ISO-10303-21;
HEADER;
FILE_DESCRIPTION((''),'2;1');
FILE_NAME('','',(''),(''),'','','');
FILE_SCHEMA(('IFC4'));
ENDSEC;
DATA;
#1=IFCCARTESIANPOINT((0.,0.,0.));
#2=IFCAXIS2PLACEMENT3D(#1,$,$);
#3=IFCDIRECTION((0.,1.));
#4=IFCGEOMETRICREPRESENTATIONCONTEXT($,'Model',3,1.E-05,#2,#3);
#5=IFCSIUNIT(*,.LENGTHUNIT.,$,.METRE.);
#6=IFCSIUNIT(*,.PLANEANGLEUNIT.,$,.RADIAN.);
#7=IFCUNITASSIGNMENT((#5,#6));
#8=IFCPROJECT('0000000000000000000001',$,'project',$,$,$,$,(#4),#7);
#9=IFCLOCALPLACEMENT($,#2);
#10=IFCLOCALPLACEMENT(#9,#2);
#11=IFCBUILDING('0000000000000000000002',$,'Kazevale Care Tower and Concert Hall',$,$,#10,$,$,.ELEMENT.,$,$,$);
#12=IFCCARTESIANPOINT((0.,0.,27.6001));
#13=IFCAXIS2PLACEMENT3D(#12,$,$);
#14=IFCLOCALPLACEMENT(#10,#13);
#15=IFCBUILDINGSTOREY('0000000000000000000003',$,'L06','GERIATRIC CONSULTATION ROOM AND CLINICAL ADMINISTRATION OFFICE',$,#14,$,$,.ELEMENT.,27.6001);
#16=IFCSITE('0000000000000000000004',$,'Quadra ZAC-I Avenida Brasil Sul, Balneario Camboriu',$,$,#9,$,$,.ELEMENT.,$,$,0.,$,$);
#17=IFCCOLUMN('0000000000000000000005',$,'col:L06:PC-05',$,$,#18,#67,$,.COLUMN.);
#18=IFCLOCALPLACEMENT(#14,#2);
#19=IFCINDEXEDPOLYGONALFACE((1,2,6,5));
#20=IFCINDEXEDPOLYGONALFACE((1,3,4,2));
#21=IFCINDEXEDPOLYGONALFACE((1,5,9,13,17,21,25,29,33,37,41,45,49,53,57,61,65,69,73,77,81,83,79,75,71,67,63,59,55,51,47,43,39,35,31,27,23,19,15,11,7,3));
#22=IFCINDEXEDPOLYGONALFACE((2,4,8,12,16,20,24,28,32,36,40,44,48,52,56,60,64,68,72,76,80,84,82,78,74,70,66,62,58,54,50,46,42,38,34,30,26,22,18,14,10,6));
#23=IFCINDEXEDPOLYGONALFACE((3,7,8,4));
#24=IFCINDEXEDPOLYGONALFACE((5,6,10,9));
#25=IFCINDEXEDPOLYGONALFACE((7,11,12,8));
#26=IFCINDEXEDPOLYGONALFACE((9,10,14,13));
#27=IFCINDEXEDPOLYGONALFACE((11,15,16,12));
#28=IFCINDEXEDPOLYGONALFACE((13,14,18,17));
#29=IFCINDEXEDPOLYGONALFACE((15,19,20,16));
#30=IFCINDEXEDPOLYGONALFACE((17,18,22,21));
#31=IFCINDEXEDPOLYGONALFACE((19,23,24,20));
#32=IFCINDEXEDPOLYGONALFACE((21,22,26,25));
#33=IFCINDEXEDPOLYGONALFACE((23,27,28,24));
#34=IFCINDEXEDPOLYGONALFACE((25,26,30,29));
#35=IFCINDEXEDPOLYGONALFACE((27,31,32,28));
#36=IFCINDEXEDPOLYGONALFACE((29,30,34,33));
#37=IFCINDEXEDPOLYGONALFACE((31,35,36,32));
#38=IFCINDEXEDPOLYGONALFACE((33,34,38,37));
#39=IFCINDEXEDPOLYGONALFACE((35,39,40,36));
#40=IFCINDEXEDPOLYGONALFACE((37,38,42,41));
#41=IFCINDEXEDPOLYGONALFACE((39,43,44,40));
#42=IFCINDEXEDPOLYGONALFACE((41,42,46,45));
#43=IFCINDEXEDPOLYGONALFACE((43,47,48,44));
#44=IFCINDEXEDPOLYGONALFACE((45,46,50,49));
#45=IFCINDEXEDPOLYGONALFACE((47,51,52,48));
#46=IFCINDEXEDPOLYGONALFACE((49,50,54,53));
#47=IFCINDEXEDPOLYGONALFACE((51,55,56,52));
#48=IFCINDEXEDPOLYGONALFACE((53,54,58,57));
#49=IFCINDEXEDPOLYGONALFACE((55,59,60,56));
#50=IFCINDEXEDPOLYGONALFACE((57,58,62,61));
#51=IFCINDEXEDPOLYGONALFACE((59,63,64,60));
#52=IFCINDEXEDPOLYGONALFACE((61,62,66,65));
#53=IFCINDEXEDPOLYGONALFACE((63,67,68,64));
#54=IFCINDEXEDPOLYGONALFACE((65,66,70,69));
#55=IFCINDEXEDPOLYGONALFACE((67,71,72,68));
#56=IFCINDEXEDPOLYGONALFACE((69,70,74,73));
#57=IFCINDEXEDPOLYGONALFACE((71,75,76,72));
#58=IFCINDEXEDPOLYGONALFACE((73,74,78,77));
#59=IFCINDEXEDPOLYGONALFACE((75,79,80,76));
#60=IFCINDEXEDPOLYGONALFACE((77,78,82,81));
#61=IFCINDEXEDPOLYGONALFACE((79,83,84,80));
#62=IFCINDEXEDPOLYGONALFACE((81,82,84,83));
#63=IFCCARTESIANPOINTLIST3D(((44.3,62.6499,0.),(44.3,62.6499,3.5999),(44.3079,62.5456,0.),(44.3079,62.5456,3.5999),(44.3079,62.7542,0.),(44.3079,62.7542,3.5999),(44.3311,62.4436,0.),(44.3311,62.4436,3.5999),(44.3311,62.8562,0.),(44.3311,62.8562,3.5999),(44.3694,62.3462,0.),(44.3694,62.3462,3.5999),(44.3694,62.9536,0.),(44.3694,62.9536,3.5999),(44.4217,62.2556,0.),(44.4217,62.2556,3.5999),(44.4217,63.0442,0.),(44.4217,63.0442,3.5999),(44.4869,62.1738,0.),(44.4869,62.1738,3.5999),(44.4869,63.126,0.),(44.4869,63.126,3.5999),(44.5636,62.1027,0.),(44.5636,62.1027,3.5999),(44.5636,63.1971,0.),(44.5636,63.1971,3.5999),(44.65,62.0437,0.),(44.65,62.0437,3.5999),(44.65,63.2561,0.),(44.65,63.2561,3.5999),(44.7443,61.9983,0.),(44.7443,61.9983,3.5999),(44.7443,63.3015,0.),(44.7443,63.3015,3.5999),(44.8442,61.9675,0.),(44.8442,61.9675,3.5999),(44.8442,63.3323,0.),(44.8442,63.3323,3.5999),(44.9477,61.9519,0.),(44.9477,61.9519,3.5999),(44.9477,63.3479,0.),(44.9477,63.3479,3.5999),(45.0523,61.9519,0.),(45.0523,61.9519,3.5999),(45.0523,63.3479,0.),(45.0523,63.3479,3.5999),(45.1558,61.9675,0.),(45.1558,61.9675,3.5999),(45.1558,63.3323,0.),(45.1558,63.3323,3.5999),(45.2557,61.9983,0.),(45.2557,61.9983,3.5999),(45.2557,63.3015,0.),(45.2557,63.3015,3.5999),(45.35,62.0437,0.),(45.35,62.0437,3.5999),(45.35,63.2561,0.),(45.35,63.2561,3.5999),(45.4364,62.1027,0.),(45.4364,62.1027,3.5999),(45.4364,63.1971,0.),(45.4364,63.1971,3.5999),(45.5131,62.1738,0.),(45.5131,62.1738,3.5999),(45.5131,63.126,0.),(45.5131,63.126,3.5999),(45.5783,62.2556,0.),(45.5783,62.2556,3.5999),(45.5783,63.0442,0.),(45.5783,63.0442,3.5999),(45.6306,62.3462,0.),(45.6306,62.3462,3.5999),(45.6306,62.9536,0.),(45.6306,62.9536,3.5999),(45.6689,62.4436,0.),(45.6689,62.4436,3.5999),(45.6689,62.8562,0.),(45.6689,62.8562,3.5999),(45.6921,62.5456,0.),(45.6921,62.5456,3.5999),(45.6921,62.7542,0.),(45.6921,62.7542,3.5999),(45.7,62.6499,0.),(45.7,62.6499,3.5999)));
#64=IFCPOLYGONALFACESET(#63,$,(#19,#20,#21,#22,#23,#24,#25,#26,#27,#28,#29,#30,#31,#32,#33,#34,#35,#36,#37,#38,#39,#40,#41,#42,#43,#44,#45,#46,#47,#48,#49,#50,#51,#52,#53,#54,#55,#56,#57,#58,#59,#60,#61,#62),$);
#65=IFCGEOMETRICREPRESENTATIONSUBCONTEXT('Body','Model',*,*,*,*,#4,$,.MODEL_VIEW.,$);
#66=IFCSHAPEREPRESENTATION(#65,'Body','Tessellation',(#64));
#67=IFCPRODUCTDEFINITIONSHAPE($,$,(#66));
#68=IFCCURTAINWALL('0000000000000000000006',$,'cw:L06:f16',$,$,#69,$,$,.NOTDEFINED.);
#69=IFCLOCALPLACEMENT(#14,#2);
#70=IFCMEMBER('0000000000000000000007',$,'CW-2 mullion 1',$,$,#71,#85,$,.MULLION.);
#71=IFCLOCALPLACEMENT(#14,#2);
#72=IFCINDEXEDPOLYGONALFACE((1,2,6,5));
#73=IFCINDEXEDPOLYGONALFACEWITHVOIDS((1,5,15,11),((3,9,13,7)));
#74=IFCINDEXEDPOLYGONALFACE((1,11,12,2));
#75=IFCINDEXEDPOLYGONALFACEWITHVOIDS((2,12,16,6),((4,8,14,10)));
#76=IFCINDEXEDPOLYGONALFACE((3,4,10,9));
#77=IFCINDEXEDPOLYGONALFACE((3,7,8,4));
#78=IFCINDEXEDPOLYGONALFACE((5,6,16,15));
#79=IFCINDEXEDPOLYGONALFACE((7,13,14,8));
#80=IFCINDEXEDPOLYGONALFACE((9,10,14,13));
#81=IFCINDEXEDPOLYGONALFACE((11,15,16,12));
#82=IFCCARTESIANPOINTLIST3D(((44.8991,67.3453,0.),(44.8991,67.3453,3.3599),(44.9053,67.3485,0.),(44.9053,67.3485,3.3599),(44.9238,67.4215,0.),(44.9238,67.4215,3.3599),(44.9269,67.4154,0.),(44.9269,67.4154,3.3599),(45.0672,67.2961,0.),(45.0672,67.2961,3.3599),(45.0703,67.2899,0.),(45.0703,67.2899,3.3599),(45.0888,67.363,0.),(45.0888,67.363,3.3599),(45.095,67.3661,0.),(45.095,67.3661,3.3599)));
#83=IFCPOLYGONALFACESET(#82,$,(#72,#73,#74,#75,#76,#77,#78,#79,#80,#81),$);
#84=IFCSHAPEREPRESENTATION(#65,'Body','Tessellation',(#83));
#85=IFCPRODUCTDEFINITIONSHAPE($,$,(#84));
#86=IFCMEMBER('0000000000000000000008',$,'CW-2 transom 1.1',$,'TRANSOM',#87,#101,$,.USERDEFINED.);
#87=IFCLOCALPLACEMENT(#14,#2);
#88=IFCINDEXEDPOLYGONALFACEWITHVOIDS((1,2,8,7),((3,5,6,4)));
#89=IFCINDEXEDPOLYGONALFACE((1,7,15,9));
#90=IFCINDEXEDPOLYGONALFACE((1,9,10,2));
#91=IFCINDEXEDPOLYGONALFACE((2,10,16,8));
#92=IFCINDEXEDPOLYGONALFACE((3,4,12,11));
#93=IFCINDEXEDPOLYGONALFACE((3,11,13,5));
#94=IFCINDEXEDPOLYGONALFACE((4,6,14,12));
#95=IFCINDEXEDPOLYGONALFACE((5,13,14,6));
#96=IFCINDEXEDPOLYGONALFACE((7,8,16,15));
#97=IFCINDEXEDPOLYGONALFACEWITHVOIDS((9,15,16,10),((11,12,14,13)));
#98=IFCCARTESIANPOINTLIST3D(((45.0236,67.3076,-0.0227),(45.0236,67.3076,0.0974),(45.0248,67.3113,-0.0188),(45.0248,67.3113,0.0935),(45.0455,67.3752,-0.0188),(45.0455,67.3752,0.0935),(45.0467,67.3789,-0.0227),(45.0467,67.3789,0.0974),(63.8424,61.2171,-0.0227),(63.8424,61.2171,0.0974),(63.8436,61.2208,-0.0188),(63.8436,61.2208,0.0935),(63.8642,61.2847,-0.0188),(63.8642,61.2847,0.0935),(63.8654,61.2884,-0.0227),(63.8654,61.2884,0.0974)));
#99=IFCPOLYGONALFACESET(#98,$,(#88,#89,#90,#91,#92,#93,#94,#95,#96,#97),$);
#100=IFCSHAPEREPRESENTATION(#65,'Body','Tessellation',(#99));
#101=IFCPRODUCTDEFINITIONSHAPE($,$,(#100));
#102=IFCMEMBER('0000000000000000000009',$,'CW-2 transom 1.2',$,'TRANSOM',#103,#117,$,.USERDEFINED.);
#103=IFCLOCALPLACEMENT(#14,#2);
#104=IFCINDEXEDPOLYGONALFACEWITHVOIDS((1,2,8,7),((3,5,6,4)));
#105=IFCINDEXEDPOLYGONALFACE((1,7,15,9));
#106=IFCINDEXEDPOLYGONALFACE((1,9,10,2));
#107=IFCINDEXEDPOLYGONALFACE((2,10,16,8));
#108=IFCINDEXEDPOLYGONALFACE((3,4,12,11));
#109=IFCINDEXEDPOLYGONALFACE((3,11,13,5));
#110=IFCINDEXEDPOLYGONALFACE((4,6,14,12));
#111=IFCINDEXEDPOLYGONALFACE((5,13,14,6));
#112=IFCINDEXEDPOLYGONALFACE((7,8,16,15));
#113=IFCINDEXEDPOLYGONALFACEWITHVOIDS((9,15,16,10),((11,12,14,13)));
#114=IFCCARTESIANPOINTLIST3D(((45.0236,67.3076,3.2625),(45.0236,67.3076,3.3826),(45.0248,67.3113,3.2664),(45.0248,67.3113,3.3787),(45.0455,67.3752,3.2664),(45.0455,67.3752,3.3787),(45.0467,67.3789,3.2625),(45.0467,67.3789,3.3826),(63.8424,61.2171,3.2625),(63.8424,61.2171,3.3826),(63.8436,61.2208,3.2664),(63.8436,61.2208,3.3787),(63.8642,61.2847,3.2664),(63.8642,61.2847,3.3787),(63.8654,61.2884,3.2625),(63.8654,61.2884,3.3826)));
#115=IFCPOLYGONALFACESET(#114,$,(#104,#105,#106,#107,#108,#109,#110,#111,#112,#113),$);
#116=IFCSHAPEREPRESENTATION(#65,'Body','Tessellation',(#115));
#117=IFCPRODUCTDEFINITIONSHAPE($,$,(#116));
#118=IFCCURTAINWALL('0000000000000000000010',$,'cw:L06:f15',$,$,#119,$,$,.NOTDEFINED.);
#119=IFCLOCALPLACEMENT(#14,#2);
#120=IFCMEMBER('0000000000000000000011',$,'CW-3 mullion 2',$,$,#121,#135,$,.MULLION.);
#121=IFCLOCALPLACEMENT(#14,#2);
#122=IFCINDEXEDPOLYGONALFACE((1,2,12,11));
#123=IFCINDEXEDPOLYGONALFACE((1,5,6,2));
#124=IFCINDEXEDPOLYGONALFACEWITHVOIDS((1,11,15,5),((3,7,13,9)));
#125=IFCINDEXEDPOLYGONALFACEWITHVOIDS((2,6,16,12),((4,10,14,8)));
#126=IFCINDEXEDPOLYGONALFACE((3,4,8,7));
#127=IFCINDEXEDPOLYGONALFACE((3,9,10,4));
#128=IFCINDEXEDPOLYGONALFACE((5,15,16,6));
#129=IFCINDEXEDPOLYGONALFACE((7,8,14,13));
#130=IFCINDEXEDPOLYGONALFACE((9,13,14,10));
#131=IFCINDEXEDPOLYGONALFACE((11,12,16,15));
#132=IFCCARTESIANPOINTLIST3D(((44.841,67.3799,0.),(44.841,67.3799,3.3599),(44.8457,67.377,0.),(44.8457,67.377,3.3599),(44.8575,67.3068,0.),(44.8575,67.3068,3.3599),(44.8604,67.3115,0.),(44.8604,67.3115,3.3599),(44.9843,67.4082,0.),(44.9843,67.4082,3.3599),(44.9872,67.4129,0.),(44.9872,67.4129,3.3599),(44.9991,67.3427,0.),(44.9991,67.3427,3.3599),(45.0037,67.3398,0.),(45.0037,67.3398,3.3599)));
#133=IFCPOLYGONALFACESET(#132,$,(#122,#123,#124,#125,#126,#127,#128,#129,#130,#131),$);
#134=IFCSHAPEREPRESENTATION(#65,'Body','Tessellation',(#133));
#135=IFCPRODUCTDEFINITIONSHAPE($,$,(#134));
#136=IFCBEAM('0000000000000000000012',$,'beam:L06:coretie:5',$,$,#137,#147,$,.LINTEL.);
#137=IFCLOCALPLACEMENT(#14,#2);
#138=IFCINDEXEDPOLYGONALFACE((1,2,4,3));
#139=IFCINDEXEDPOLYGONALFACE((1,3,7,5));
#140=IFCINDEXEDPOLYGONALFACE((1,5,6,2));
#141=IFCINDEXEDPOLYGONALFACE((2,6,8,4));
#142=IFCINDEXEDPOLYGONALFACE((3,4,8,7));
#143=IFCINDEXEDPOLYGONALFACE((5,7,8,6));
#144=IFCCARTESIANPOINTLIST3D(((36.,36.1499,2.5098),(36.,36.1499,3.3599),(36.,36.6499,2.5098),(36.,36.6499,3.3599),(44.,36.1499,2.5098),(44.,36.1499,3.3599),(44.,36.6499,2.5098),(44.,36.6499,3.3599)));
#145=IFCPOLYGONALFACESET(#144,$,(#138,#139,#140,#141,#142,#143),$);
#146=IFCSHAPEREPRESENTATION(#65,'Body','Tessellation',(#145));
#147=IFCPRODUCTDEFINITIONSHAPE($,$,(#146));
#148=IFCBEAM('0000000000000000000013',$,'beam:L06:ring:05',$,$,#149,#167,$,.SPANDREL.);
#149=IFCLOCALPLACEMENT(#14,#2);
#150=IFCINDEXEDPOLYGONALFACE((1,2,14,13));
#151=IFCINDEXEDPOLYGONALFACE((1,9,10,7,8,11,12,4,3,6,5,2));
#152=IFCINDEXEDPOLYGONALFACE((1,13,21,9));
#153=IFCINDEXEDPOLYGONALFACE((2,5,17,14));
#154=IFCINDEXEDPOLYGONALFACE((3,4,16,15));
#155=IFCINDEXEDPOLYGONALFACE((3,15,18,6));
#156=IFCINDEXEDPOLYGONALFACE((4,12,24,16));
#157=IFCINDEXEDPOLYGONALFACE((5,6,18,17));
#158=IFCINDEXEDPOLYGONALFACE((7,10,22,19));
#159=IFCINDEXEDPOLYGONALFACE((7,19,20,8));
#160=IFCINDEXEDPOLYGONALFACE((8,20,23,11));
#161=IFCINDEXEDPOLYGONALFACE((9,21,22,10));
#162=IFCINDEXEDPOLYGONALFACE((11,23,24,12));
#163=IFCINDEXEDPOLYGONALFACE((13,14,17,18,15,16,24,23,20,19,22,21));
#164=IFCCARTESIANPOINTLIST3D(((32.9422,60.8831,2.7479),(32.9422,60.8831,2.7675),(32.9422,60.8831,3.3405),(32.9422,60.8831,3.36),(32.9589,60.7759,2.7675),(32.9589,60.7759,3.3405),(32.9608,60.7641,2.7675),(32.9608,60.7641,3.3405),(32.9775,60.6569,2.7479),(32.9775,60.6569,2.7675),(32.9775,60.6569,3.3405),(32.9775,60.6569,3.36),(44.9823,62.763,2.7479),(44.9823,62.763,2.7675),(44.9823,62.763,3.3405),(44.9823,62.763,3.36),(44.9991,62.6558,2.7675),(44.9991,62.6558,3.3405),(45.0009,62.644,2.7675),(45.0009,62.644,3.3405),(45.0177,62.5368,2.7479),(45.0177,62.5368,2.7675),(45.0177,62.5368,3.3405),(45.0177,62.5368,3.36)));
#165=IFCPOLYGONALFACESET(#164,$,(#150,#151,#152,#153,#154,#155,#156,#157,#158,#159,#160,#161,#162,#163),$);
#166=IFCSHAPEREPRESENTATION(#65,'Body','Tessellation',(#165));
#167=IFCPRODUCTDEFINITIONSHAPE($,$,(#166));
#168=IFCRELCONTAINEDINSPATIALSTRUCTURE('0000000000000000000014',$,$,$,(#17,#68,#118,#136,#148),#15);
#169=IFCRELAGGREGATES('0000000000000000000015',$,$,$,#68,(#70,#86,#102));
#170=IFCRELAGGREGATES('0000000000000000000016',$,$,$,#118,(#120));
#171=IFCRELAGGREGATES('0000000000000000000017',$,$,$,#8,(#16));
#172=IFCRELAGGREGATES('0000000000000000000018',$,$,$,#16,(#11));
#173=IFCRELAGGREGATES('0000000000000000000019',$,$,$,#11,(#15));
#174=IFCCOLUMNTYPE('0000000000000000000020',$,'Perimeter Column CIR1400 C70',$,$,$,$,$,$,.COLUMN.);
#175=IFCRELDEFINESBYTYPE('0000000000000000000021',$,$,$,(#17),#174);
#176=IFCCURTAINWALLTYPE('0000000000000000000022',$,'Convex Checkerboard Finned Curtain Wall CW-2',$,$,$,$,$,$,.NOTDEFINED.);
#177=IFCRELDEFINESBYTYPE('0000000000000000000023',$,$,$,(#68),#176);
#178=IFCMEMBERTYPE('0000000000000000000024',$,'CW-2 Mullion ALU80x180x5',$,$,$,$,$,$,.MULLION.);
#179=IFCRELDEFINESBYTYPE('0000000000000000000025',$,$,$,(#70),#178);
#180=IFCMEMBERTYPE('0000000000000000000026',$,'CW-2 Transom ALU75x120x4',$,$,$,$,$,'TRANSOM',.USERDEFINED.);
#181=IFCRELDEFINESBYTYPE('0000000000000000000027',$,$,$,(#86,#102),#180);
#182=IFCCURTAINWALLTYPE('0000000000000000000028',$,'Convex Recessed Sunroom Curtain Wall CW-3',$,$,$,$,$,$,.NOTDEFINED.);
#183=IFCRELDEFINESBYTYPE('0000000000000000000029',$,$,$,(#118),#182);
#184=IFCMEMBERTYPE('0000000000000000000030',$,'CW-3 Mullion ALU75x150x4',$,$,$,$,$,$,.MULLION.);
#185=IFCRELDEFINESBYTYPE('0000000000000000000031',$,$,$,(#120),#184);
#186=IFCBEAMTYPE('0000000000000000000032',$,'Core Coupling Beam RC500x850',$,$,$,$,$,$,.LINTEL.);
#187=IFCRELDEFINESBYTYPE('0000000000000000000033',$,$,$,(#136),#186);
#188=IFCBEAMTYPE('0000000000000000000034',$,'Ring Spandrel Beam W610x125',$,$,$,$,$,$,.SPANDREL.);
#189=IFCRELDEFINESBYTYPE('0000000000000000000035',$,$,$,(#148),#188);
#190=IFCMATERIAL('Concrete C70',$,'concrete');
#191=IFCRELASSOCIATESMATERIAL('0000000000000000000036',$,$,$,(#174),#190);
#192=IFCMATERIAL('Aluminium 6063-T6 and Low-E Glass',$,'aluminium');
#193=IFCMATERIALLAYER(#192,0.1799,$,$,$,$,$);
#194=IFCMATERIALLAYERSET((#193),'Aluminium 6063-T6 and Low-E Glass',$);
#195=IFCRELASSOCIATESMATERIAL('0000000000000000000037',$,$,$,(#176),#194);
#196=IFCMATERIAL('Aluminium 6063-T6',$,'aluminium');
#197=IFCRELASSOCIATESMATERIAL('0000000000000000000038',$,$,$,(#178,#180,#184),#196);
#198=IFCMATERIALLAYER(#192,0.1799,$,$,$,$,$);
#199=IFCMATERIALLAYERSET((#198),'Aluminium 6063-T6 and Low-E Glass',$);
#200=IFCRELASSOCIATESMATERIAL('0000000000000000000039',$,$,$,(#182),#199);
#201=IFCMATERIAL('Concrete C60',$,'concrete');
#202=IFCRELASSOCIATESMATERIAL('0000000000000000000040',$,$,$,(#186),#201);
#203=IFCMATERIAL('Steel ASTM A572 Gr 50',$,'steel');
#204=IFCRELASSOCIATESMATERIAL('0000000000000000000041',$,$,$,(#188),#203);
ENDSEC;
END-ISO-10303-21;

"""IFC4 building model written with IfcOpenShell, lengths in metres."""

from ifc_helpers import new_model, si_unit, direction, frame, origin, origin_2d, place, context, subcontext, project, spatial, rectangle, hollow_rectangle, circle, i_section, extrude, material, layer, layer_set, material_profile, profile_set, type_object, element, aggregate, save


model = new_model("IFC4")

# Units and contexts
model_context = context("Model", 3, precision=1e-05, world=origin(), true_north=direction((0.0, 1.0)))
body_context = subcontext(model_context, "Body", "Model", "MODEL_VIEW")
ifc_project = project(units=[si_unit("LENGTHUNIT", "METRE"), si_unit("PLANEANGLEUNIT", "RADIAN")], contexts=[model_context])

# Site, building, storey
site_placement = place(None, origin())
site = spatial("IfcSite", under=ifc_project, at=site_placement, Name="Quadra ZAC-I Avenida Brasil Sul, Balneario Camboriu", CompositionType="ELEMENT", RefElevation=0.0)
building_placement = place(site_placement, origin())
building = spatial("IfcBuilding", under=site, at=building_placement, Name="Kazevale Care Tower and Concert Hall", CompositionType="ELEMENT")
storey_placement = place(building_placement, frame((0.0, 0.0, 27.6001)))
storey = spatial("IfcBuildingStorey", under=building, at=storey_placement, Name="L06", Description="GERIATRIC CONSULTATION ROOM AND CLINICAL ADMINISTRATION OFFICE", CompositionType="ELEMENT", Elevation=27.6001)

# Column
ifc_material_1 = material(Name="Concrete C70", Category="concrete")
ifc_material_profile_1 = material_profile(ifc_material_1, circle(Radius=0.7, at=origin_2d()), Name="RC-CIR1400")
ifc_profile_set_1 = profile_set([ifc_material_profile_1], Name="Concrete C70")
column_type = type_object("IfcColumnType", Name="Perimeter Column CIR1400 C70", PredefinedType="COLUMN", material=ifc_profile_set_1)
column_placement = place(storey_placement, frame((45.0, 62.6499, 0.0), z_axis=(0.0, 0.0, 1.0), x_axis=(1.0, 0.0, 0.0)))
element("IfcColumn", 1, at=column_placement, inside=storey, type_object=column_type, Name="col:L06:PC-05", PredefinedType="COLUMN", context=body_context, shape_type="SweptSolid", body=[
    extrude(circle(Radius=0.7, at=origin_2d()), origin(), (0.0, 0.0, 1.0), 3.5999),
])

# Curtain wall, members
ifc_material_2 = material(Name="Aluminium 6063-T6 and Low-E Glass", Category="aluminium")
ifc_layer_1 = layer(ifc_material_2, 0.1799)
ifc_layer_set_1 = layer_set([ifc_layer_1], Name="Aluminium 6063-T6 and Low-E Glass")
curtain_wall_type_1 = type_object("IfcCurtainWallType", Name="Convex Checkerboard Finned Curtain Wall CW-2", PredefinedType="NOTDEFINED", material=ifc_layer_set_1)
curtain_wall_1_placement = place(storey_placement, origin())
curtain_wall_1 = element("IfcCurtainWall", 2, at=curtain_wall_1_placement, inside=storey, type_object=curtain_wall_type_1, Name="cw:L06:f16", PredefinedType="NOTDEFINED")
ifc_material_3 = material(Name="Aluminium 6063-T6", Category="aluminium")
ifc_material_profile_2 = material_profile(ifc_material_3, hollow_rectangle(XDim=0.0801, YDim=0.1799, WallThickness=0.0049, at=origin_2d()), Name="ALU80x180x5")
ifc_profile_set_2 = profile_set([ifc_material_profile_2], Name="Aluminium 6063-T6")
member_type_1 = type_object("IfcMemberType", Name="CW-2 Mullion ALU80x180x5", PredefinedType="MULLION", material=ifc_profile_set_2)
member_1_placement = place(storey_placement, frame((44.9971, 67.3557, 0.0), z_axis=(0.0, 0.0, 1.0), x_axis=(0.307926, 0.95141, 0.0)))
member_1 = element("IfcMember", 3, at=member_1_placement, type_object=member_type_1, Name="CW-2 mullion 1", PredefinedType="MULLION", context=body_context, shape_type="SweptSolid", body=[
    extrude(hollow_rectangle(XDim=0.0801, YDim=0.1799, WallThickness=0.0049, at=origin_2d()), origin(), (0.0, 0.0, 1.0), 3.3599),
])
ifc_material_profile_3 = material_profile(ifc_material_3, hollow_rectangle(XDim=0.075, YDim=0.1201, WallThickness=0.0039, at=origin_2d()), Name="ALU75x120x4")
ifc_profile_set_3 = profile_set([ifc_material_profile_3], Name="Aluminium 6063-T6")
member_type_2 = type_object("IfcMemberType", Name="CW-2 Transom ALU75x120x4", ElementType="TRANSOM", PredefinedType="USERDEFINED", material=ifc_profile_set_3)
member_2_placement = place(storey_placement, frame((45.0352, 67.3433, 0.0374), z_axis=(0.951413, -0.307918, 0.0), x_axis=(0.307918, 0.951413, 0.0)))
member_2 = element("IfcMember", 4, at=member_2_placement, type_object=member_type_2, Name="CW-2 transom 1.1", ObjectType="TRANSOM", PredefinedType="USERDEFINED", context=body_context, shape_type="SweptSolid", body=[
    extrude(hollow_rectangle(XDim=0.075, YDim=0.1201, WallThickness=0.0039, at=origin_2d()), origin(), (0.0, 0.0, 1.0), 19.7798),
])
member_3_placement = place(storey_placement, frame((45.0352, 67.3433, 3.3225), z_axis=(0.951413, -0.307918, 0.0), x_axis=(0.307918, 0.951413, 0.0)))
member_3 = element("IfcMember", 5, at=member_3_placement, type_object=member_type_2, Name="CW-2 transom 1.2", ObjectType="TRANSOM", PredefinedType="USERDEFINED", context=body_context, shape_type="SweptSolid", body=[
    extrude(hollow_rectangle(XDim=0.075, YDim=0.1201, WallThickness=0.0039, at=origin_2d()), origin(), (0.0, 0.0, 1.0), 19.7798),
])
aggregate(curtain_wall_1, [member_1, member_2, member_3])

# Curtain wall, member
ifc_layer_2 = layer(ifc_material_2, 0.1799)
ifc_layer_set_2 = layer_set([ifc_layer_2], Name="Aluminium 6063-T6 and Low-E Glass")
curtain_wall_type_2 = type_object("IfcCurtainWallType", Name="Convex Recessed Sunroom Curtain Wall CW-3", PredefinedType="NOTDEFINED", material=ifc_layer_set_2)
curtain_wall_2_placement = place(storey_placement, origin())
curtain_wall_2 = element("IfcCurtainWall", 6, at=curtain_wall_2_placement, inside=storey, type_object=curtain_wall_type_2, Name="cw:L06:f15", PredefinedType="NOTDEFINED")
ifc_material_profile_4 = material_profile(ifc_material_3, hollow_rectangle(XDim=0.075, YDim=0.1499, WallThickness=0.0039, at=origin_2d()), Name="ALU75x150x4")
ifc_profile_set_4 = profile_set([ifc_material_profile_4], Name="Aluminium 6063-T6")
member_type_3 = type_object("IfcMemberType", Name="CW-3 Mullion ALU75x150x4", PredefinedType="MULLION", material=ifc_profile_set_4)
member_4_placement = place(storey_placement, frame((44.9224, 67.3599, 0.0), z_axis=(0.0, 0.0, 1.0), x_axis=(-0.219911, 0.97552, 0.0)))
member_4 = element("IfcMember", 7, at=member_4_placement, type_object=member_type_3, Name="CW-3 mullion 2", PredefinedType="MULLION", context=body_context, shape_type="SweptSolid", body=[
    extrude(hollow_rectangle(XDim=0.075, YDim=0.1499, WallThickness=0.0039, at=origin_2d()), origin(), (0.0, 0.0, 1.0), 3.3599),
])

# Beams
ifc_material_4 = material(Name="Concrete C60", Category="concrete")
ifc_material_profile_5 = material_profile(ifc_material_4, rectangle(XDim=0.5, YDim=0.8501, at=origin_2d()), Name="RC-B500x850")
ifc_profile_set_5 = profile_set([ifc_material_profile_5], Name="Concrete C60")
beam_type_1 = type_object("IfcBeamType", Name="Core Coupling Beam RC500x850", PredefinedType="LINTEL", material=ifc_profile_set_5)
beam_1_placement = place(storey_placement, frame((44.0, 36.3999, 2.9348), z_axis=(-1.0, 0.0, 0.0), x_axis=(0.0, -1.0, 0.0)))
element("IfcBeam", 8, at=beam_1_placement, inside=storey, type_object=beam_type_1, Name="beam:L06:coretie:5", PredefinedType="LINTEL", context=body_context, shape_type="SweptSolid", body=[
    extrude(rectangle(XDim=0.5, YDim=0.8501, at=origin_2d()), origin(), (0.0, 0.0, 1.0), 8.0),
])
ifc_material_5 = material(Name="Steel ASTM A572 Gr 50", Category="steel")
ifc_material_profile_6 = material_profile(ifc_material_5, i_section(OverallWidth=0.229, OverallDepth=0.6121, WebThickness=0.012, FlangeThickness=0.0195, at=origin_2d()), Name="W610x125")
ifc_profile_set_6 = profile_set([ifc_material_profile_6], Name="Steel ASTM A572 Gr 50")
beam_type_2 = type_object("IfcBeamType", Name="Ring Spandrel Beam W610x125", PredefinedType="SPANDREL", material=ifc_profile_set_6)
beam_2_placement = place(storey_placement, frame((45.0, 62.6499, 3.054), z_axis=(-0.988029, -0.154267, 0.0), x_axis=(0.154267, -0.988029, 0.0)))
element("IfcBeam", 9, at=beam_2_placement, inside=storey, type_object=beam_type_2, Name="beam:L06:ring:05", PredefinedType="SPANDREL", context=body_context, shape_type="SweptSolid", body=[
    extrude(i_section(OverallWidth=0.229, OverallDepth=0.6121, WebThickness=0.012, FlangeThickness=0.0195, at=origin_2d()), origin(), (0.0, 0.0, 1.0), 12.186),
])

aggregate(curtain_wall_2, [member_4])

save(model, "model.ifc")
